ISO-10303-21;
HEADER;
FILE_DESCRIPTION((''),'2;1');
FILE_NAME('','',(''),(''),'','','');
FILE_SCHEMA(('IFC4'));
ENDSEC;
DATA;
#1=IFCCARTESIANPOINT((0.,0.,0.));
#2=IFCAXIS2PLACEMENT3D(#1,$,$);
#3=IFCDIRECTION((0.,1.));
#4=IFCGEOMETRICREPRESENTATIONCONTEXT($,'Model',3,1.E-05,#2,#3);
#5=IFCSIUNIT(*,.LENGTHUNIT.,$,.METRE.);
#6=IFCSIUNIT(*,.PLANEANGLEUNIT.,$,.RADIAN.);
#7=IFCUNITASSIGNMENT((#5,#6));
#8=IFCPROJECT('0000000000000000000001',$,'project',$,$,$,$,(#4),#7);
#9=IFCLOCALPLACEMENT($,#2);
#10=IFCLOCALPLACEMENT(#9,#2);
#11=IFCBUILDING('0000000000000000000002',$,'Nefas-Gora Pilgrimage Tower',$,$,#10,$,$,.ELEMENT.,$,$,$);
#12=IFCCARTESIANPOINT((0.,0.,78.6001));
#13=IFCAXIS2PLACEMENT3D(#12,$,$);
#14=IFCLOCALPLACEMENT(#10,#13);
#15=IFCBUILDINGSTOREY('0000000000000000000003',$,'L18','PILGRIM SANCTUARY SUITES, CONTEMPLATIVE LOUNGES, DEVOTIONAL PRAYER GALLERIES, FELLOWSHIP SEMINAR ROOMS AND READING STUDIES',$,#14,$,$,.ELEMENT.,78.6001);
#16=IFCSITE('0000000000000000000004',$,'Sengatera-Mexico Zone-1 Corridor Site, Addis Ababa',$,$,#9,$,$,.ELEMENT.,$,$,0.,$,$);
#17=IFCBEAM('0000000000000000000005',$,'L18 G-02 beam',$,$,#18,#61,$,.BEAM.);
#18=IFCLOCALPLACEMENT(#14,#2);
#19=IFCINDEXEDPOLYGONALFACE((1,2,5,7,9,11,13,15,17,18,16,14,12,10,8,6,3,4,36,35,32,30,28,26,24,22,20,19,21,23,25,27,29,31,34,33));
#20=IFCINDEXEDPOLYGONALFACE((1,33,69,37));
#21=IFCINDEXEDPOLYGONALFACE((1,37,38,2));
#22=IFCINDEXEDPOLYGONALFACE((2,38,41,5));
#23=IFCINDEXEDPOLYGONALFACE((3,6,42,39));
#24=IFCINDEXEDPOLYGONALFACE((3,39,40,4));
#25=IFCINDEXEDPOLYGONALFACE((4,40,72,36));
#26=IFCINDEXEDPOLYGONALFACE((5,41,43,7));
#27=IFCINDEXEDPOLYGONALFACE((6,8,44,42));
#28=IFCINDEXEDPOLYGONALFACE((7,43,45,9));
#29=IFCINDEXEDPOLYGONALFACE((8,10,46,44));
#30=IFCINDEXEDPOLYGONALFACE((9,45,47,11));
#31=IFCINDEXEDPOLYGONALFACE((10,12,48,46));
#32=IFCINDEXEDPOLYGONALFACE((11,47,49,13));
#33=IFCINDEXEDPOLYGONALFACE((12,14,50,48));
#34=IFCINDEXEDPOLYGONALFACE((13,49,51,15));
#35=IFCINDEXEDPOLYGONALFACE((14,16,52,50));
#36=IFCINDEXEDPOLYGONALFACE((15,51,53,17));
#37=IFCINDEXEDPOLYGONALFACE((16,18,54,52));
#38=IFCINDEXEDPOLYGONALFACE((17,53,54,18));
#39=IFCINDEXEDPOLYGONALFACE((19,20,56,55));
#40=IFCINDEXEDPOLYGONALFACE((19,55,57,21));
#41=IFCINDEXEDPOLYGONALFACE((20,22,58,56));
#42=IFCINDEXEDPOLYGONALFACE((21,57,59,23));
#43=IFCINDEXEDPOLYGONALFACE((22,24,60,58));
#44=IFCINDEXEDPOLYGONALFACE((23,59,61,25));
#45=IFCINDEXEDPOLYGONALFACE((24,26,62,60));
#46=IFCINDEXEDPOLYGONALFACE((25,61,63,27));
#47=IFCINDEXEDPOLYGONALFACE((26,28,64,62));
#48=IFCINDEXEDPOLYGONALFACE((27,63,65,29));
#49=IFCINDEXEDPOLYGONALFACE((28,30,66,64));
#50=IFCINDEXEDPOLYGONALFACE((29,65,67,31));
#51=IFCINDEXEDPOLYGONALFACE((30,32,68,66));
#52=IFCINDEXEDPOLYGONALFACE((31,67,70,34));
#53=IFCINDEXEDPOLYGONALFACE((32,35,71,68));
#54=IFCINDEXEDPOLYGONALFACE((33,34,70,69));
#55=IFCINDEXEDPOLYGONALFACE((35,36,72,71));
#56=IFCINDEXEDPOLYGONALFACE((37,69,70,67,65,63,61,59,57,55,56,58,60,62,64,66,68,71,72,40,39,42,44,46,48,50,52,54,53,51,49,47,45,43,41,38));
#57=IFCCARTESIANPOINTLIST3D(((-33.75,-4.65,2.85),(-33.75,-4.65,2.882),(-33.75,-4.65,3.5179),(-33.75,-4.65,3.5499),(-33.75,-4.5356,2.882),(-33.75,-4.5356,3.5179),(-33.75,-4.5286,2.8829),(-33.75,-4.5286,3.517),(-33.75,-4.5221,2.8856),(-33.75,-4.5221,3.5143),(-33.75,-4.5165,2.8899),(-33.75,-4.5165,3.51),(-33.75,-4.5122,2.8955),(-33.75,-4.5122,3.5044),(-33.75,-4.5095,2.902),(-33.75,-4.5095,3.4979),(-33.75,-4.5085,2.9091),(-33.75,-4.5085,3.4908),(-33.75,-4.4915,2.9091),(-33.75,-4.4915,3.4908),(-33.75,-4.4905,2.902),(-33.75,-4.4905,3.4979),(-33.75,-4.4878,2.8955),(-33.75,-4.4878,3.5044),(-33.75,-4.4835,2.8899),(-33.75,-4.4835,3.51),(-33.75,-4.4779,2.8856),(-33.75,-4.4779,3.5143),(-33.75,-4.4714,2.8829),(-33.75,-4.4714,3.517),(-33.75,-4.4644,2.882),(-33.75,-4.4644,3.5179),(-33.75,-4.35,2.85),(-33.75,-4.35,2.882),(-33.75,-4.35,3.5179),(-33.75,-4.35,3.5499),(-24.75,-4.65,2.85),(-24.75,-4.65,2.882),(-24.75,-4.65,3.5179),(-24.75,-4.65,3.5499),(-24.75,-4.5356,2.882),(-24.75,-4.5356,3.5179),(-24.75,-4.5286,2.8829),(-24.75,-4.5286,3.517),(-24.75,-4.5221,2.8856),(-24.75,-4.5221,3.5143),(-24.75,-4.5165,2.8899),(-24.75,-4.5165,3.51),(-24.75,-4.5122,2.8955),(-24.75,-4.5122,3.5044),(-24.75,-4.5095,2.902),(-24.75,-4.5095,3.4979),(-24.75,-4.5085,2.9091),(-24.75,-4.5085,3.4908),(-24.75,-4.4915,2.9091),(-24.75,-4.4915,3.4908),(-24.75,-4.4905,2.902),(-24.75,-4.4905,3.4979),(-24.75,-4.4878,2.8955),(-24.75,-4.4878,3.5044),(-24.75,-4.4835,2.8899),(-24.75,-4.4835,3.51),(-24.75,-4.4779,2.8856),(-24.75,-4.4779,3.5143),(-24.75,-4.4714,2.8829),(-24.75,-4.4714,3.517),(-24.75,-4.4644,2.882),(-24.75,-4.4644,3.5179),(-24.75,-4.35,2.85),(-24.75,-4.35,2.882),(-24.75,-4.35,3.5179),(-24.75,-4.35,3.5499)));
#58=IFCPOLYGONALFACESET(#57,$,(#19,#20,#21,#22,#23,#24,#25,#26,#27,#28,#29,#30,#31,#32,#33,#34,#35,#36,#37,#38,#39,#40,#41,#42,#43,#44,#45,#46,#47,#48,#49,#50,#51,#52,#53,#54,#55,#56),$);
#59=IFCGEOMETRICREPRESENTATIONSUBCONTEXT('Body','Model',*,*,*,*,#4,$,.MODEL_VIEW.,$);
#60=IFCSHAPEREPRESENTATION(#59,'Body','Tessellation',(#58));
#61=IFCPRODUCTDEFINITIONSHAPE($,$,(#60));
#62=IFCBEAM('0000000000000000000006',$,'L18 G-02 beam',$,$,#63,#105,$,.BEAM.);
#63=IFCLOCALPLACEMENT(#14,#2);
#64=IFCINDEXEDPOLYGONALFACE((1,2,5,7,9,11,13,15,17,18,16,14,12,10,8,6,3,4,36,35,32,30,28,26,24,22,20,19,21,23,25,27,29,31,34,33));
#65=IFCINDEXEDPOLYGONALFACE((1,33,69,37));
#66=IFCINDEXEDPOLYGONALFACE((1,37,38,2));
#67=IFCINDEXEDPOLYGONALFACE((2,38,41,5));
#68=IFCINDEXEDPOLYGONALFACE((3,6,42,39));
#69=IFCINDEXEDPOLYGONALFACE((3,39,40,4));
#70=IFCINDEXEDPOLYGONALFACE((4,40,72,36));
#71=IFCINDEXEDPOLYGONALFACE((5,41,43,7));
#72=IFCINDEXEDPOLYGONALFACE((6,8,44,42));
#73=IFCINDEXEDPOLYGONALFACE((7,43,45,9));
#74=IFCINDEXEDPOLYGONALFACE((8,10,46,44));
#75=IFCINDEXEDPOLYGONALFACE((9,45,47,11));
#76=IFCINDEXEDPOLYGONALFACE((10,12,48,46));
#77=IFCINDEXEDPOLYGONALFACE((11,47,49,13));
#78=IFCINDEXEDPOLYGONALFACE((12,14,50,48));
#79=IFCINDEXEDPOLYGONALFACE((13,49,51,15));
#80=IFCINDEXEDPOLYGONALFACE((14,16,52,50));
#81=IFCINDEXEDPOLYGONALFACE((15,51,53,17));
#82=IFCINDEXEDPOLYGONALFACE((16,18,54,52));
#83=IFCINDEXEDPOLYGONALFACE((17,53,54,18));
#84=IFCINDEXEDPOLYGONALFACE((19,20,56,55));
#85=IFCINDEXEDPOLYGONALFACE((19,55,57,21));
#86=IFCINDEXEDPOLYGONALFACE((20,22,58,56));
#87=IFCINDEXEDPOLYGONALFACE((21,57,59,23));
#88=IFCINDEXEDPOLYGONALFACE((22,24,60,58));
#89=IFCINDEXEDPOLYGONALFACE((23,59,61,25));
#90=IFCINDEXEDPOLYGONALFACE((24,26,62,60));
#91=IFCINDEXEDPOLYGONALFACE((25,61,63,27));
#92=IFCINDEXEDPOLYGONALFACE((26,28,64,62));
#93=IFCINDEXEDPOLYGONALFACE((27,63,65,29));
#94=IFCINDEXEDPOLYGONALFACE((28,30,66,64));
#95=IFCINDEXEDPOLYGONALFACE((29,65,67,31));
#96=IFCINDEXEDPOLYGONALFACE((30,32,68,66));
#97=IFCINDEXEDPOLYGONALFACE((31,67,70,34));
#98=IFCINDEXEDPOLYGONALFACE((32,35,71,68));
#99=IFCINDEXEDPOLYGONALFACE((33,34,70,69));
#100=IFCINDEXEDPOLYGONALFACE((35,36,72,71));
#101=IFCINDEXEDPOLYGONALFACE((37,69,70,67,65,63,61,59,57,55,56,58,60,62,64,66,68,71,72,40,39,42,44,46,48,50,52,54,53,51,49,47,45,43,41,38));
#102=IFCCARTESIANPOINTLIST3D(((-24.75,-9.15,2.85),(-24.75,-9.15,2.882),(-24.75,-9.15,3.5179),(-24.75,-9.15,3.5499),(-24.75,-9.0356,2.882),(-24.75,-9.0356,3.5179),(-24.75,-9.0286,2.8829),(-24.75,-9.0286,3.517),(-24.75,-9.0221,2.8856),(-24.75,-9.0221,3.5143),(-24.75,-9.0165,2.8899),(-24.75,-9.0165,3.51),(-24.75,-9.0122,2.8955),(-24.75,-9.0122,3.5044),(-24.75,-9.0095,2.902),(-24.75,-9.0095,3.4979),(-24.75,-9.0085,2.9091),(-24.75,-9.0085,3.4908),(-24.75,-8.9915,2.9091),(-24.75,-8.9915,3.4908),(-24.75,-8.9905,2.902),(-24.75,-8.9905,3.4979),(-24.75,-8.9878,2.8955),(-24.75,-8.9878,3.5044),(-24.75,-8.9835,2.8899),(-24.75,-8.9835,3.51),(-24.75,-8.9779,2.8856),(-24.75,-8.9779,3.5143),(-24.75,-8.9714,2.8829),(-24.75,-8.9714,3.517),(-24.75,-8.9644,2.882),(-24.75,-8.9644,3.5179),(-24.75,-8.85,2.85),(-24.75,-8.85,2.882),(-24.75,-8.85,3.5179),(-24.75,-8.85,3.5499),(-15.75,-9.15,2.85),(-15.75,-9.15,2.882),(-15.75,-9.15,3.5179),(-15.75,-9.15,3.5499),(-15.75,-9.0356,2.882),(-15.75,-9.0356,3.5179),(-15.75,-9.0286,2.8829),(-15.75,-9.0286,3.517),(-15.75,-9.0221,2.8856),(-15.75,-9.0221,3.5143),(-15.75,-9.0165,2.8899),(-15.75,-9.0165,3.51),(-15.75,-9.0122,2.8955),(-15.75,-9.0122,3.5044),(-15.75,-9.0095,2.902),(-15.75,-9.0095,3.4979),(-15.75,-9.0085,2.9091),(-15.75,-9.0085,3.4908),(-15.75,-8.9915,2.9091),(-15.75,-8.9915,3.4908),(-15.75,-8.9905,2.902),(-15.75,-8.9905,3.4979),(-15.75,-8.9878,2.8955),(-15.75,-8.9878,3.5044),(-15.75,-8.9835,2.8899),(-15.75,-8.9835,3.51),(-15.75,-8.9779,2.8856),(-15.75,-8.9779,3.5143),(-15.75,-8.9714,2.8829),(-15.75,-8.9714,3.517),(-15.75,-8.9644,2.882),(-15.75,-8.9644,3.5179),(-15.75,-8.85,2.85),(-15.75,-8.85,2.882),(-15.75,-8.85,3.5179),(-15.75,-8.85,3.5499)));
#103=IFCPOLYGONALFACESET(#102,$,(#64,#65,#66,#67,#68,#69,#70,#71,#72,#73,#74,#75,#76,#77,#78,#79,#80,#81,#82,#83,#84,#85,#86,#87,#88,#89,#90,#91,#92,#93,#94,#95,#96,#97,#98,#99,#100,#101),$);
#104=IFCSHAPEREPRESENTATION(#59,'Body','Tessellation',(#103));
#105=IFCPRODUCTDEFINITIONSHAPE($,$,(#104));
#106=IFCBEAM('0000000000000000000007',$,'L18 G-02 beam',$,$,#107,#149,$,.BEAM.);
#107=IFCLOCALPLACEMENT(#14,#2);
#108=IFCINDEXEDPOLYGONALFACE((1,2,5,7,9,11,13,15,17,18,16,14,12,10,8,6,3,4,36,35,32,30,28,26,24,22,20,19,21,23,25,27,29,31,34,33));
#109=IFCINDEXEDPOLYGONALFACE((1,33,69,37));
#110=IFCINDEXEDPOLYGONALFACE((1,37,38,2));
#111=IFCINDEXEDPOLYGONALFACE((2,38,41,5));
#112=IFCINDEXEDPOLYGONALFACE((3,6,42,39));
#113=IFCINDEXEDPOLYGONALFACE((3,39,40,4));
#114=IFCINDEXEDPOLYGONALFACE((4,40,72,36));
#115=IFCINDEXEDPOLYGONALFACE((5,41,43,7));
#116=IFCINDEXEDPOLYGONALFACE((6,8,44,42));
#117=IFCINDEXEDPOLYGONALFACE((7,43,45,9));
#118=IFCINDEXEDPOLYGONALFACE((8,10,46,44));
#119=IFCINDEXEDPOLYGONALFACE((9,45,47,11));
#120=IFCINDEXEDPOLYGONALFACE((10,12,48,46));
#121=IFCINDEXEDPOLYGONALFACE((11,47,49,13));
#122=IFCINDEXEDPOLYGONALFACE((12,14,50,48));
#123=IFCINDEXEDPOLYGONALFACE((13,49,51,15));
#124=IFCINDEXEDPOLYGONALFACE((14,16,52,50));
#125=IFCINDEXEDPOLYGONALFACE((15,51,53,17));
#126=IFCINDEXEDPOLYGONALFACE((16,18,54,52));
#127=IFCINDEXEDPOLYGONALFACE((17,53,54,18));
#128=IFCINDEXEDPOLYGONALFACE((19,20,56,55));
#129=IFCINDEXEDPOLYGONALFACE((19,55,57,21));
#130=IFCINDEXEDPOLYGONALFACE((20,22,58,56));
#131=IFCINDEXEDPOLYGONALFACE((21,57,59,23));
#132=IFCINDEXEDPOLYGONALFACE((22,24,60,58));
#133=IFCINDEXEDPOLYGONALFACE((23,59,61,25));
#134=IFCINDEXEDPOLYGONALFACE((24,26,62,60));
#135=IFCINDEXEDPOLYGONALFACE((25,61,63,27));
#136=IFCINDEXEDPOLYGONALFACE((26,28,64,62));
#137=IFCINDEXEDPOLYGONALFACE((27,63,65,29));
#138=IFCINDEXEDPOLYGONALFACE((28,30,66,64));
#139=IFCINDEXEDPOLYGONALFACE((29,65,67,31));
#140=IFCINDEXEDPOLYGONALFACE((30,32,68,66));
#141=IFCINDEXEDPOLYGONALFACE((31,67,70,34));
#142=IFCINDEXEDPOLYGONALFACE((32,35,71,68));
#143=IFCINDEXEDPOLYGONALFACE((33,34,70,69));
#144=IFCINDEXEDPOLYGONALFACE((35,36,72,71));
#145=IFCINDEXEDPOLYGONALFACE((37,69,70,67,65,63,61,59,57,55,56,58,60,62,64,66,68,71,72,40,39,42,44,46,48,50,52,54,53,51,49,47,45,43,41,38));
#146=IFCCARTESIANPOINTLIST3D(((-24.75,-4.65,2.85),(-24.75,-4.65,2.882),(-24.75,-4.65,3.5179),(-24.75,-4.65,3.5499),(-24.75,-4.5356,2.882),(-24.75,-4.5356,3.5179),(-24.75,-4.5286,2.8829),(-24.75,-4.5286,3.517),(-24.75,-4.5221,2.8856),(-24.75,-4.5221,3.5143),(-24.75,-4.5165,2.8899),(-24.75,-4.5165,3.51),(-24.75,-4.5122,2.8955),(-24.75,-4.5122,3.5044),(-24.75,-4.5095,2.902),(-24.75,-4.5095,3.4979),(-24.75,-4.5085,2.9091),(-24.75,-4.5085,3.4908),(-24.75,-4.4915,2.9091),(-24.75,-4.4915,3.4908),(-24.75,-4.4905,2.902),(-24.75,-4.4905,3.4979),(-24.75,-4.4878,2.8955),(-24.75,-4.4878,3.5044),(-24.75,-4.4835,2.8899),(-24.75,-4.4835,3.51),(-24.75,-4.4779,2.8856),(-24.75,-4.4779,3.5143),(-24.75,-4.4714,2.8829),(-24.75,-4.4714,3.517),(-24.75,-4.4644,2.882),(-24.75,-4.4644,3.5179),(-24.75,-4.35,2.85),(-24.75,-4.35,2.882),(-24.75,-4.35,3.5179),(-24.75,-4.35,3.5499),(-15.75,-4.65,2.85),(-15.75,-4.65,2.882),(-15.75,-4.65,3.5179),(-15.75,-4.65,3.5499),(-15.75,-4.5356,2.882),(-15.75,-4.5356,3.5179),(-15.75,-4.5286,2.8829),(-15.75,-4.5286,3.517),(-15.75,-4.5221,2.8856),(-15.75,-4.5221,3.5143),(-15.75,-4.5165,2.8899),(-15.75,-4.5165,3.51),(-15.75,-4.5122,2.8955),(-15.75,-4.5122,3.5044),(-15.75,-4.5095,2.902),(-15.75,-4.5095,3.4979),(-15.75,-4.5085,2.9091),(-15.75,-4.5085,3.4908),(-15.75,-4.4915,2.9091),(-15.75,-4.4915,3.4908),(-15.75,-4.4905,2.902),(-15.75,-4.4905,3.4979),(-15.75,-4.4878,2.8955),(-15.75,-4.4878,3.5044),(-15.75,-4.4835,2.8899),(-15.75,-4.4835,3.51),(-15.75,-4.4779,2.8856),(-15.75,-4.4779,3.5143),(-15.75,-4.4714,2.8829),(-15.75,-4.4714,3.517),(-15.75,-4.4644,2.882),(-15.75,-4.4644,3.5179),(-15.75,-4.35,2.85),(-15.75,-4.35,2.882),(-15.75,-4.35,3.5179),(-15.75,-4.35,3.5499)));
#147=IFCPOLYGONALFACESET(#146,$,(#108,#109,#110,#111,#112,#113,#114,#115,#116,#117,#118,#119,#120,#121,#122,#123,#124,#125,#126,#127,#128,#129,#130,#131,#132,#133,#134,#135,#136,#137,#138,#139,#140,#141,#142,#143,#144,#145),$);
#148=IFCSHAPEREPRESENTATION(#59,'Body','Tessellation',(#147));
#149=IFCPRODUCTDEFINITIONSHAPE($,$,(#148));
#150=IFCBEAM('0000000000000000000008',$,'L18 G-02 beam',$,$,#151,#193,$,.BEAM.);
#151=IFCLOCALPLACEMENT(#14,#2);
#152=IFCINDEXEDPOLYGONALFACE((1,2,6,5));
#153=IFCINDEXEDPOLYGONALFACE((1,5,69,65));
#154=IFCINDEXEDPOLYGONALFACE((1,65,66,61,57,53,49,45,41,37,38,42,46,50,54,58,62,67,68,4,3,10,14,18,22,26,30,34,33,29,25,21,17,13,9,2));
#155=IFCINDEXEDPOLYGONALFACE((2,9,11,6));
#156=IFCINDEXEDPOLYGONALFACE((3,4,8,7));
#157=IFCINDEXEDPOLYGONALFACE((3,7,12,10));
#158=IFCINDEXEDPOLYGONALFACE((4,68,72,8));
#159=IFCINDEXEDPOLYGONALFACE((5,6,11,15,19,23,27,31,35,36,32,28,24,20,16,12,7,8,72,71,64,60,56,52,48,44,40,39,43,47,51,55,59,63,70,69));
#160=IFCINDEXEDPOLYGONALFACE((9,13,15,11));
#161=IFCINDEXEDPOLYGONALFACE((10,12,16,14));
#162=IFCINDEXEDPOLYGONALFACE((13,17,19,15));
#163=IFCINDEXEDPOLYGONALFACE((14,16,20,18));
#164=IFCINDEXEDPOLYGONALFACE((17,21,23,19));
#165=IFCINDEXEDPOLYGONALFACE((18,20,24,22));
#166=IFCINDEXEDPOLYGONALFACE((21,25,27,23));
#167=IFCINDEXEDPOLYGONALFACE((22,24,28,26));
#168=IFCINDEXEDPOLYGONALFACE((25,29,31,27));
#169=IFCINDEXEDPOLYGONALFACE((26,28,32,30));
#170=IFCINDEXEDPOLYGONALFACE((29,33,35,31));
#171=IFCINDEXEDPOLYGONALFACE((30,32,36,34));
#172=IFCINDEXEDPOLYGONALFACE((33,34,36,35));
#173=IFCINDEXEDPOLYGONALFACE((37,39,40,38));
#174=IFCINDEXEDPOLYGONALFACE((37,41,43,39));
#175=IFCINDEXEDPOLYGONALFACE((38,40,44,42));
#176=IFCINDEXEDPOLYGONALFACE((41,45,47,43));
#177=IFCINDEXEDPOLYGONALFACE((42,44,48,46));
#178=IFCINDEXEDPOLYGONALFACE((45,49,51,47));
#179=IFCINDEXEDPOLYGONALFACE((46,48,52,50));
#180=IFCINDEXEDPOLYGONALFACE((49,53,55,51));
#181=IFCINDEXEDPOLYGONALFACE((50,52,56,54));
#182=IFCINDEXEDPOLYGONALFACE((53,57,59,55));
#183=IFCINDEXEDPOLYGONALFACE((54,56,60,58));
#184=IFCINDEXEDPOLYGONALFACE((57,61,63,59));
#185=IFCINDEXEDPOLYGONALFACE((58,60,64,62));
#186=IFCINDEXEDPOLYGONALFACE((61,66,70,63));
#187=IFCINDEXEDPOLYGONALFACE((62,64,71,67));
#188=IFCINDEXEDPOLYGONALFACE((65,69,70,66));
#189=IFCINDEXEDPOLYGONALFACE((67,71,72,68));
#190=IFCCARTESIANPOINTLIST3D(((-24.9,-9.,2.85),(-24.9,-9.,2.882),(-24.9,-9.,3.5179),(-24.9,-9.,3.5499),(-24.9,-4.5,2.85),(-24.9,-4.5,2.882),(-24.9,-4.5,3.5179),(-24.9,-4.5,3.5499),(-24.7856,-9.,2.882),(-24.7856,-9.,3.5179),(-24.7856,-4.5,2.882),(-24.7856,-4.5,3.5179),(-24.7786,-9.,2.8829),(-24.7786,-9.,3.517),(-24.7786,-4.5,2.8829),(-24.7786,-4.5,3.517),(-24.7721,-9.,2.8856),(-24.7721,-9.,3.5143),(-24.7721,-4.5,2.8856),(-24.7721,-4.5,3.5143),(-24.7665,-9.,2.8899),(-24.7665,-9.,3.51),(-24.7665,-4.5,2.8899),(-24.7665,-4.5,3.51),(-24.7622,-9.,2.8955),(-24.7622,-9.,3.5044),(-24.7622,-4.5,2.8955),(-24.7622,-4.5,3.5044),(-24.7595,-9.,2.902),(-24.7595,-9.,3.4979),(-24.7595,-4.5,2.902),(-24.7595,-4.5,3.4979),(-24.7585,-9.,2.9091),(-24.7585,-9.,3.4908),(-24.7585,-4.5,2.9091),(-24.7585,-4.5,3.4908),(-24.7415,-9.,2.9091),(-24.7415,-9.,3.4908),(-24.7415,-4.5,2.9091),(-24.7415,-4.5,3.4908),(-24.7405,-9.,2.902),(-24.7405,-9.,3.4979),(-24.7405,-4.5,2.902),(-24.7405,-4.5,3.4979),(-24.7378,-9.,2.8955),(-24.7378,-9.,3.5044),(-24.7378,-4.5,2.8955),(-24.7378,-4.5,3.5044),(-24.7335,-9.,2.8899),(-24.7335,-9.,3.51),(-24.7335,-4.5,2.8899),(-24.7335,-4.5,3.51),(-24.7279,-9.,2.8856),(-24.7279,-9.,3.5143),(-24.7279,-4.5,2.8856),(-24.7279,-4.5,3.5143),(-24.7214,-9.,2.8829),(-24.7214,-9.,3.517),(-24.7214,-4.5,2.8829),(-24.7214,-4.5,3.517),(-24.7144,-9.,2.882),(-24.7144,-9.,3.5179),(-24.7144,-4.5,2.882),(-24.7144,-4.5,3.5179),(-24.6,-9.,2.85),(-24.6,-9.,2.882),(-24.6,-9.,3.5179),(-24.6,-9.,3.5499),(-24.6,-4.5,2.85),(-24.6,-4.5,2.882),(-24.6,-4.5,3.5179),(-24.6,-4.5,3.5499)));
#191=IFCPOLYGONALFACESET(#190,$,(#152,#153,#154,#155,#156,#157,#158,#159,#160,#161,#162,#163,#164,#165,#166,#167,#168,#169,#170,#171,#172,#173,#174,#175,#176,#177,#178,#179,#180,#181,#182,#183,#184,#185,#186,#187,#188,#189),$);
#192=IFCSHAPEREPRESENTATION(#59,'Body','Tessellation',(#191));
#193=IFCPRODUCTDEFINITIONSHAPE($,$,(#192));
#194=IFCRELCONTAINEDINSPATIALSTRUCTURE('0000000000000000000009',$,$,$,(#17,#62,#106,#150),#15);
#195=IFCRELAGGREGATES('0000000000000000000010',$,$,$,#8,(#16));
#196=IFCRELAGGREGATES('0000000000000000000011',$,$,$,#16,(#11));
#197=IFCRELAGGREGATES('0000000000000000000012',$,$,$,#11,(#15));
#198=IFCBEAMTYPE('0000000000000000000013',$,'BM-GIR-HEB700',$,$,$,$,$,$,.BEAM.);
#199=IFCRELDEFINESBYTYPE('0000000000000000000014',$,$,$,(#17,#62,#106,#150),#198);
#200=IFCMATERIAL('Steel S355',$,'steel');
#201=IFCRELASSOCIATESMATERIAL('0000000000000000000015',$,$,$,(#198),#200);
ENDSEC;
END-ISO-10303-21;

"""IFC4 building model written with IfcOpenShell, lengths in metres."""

from ifc_helpers import new_model, si_unit, direction, frame, origin, origin_2d, place, context, subcontext, project, spatial, i_section, extrude, source, transform, mapped, material, material_profile, profile_set, type_object, element, save


model = new_model("IFC4")

# Units and contexts
model_context = context("Model", 3, precision=1e-05, world=origin(), true_north=direction((0.0, 1.0)))
body_context = subcontext(model_context, "Body", "Model", "MODEL_VIEW")
ifc_project = project(units=[si_unit("LENGTHUNIT", "METRE"), si_unit("PLANEANGLEUNIT", "RADIAN")], contexts=[model_context])

# Site, building, storey
site_placement = place(None, origin())
site = spatial("IfcSite", under=ifc_project, at=site_placement, Name="Sengatera-Mexico Zone-1 Corridor Site, Addis Ababa", CompositionType="ELEMENT", RefElevation=0.0)
building_placement = place(site_placement, origin())
building = spatial("IfcBuilding", under=site, at=building_placement, Name="Nefas-Gora Pilgrimage Tower", CompositionType="ELEMENT")
storey_placement = place(building_placement, frame((0.0, 0.0, 78.6001)))
storey = spatial("IfcBuildingStorey", under=building, at=storey_placement, Name="L18", Description="PILGRIM SANCTUARY SUITES, CONTEMPLATIVE LOUNGES, DEVOTIONAL PRAYER GALLERIES, FELLOWSHIP SEMINAR ROOMS AND READING STUDIES", CompositionType="ELEMENT", Elevation=78.6001)

# Beams
ifc_material_1 = material(Name="Steel S355", Category="steel")
ifc_material_profile_1 = material_profile(ifc_material_1, i_section(OverallWidth=0.3, OverallDepth=0.7, WebThickness=0.0171, FlangeThickness=0.032, FilletRadius=0.0271, at=origin_2d()), Name="HEB 700")
ifc_profile_set_1 = profile_set([ifc_material_profile_1], Name="Steel S355")
beam_type_1 = type_object("IfcBeamType", Name="BM-GIR-HEB700", PredefinedType="BEAM", material=ifc_profile_set_1)
shared_shape_1 = source(origin(), body_context, "Body", "SweptSolid", [
    extrude(i_section(OverallWidth=0.3, OverallDepth=0.7, WebThickness=0.0171, FlangeThickness=0.032, FilletRadius=0.0271, at=origin_2d()), origin(), (0.0, 0.0, 1.0), 9.0),
])
for number, where, z_axis, x_axis, name in (
    (1, (-33.75, -4.5, 3.2), (1.0, 0.0, 0.0), (0.0, 1.0, 0.0), "L18 G-02 beam"),
    (2, (-24.75, -9.0, 3.2), (1.0, 0.0, 0.0), (0.0, 1.0, 0.0), "L18 G-02 beam"),
    (3, (-24.75, -4.5, 3.2), (1.0, 0.0, 0.0), (0.0, 1.0, 0.0), "L18 G-02 beam"),
):
    element("IfcBeam", number, at=place(storey_placement, frame(where, z_axis=z_axis, x_axis=x_axis)), inside=storey, type_object=beam_type_1, Name=name, PredefinedType="BEAM", context=body_context, shape_type="MappedRepresentation", body=[
        mapped(shared_shape_1, transform((0.0, 0.0, 0.0), x_axis=(1.0, 0.0, 0.0), y_axis=(0.0, 1.0, 0.0), z_axis=(0.0, 0.0, 1.0), scale=1.0)),
    ])
shared_shape_2 = source(origin(), body_context, "Body", "SweptSolid", [
    extrude(i_section(OverallWidth=0.3, OverallDepth=0.7, WebThickness=0.0171, FlangeThickness=0.032, FilletRadius=0.0271, at=origin_2d()), origin(), (0.0, 0.0, 1.0), 4.5),
])
for number, where, z_axis, x_axis, name in (
    (4, (-24.75, -9.0, 3.2), (0.0, 1.0, 0.0), (-1.0, 0.0, 0.0), "L18 G-02 beam"),
):
    element("IfcBeam", number, at=place(storey_placement, frame(where, z_axis=z_axis, x_axis=x_axis)), inside=storey, type_object=beam_type_1, Name=name, PredefinedType="BEAM", context=body_context, shape_type="MappedRepresentation", body=[
        mapped(shared_shape_2, transform((0.0, 0.0, 0.0), x_axis=(1.0, 0.0, 0.0), y_axis=(0.0, 1.0, 0.0), z_axis=(0.0, 0.0, 1.0), scale=1.0)),
    ])

save(model, "model.ifc")
